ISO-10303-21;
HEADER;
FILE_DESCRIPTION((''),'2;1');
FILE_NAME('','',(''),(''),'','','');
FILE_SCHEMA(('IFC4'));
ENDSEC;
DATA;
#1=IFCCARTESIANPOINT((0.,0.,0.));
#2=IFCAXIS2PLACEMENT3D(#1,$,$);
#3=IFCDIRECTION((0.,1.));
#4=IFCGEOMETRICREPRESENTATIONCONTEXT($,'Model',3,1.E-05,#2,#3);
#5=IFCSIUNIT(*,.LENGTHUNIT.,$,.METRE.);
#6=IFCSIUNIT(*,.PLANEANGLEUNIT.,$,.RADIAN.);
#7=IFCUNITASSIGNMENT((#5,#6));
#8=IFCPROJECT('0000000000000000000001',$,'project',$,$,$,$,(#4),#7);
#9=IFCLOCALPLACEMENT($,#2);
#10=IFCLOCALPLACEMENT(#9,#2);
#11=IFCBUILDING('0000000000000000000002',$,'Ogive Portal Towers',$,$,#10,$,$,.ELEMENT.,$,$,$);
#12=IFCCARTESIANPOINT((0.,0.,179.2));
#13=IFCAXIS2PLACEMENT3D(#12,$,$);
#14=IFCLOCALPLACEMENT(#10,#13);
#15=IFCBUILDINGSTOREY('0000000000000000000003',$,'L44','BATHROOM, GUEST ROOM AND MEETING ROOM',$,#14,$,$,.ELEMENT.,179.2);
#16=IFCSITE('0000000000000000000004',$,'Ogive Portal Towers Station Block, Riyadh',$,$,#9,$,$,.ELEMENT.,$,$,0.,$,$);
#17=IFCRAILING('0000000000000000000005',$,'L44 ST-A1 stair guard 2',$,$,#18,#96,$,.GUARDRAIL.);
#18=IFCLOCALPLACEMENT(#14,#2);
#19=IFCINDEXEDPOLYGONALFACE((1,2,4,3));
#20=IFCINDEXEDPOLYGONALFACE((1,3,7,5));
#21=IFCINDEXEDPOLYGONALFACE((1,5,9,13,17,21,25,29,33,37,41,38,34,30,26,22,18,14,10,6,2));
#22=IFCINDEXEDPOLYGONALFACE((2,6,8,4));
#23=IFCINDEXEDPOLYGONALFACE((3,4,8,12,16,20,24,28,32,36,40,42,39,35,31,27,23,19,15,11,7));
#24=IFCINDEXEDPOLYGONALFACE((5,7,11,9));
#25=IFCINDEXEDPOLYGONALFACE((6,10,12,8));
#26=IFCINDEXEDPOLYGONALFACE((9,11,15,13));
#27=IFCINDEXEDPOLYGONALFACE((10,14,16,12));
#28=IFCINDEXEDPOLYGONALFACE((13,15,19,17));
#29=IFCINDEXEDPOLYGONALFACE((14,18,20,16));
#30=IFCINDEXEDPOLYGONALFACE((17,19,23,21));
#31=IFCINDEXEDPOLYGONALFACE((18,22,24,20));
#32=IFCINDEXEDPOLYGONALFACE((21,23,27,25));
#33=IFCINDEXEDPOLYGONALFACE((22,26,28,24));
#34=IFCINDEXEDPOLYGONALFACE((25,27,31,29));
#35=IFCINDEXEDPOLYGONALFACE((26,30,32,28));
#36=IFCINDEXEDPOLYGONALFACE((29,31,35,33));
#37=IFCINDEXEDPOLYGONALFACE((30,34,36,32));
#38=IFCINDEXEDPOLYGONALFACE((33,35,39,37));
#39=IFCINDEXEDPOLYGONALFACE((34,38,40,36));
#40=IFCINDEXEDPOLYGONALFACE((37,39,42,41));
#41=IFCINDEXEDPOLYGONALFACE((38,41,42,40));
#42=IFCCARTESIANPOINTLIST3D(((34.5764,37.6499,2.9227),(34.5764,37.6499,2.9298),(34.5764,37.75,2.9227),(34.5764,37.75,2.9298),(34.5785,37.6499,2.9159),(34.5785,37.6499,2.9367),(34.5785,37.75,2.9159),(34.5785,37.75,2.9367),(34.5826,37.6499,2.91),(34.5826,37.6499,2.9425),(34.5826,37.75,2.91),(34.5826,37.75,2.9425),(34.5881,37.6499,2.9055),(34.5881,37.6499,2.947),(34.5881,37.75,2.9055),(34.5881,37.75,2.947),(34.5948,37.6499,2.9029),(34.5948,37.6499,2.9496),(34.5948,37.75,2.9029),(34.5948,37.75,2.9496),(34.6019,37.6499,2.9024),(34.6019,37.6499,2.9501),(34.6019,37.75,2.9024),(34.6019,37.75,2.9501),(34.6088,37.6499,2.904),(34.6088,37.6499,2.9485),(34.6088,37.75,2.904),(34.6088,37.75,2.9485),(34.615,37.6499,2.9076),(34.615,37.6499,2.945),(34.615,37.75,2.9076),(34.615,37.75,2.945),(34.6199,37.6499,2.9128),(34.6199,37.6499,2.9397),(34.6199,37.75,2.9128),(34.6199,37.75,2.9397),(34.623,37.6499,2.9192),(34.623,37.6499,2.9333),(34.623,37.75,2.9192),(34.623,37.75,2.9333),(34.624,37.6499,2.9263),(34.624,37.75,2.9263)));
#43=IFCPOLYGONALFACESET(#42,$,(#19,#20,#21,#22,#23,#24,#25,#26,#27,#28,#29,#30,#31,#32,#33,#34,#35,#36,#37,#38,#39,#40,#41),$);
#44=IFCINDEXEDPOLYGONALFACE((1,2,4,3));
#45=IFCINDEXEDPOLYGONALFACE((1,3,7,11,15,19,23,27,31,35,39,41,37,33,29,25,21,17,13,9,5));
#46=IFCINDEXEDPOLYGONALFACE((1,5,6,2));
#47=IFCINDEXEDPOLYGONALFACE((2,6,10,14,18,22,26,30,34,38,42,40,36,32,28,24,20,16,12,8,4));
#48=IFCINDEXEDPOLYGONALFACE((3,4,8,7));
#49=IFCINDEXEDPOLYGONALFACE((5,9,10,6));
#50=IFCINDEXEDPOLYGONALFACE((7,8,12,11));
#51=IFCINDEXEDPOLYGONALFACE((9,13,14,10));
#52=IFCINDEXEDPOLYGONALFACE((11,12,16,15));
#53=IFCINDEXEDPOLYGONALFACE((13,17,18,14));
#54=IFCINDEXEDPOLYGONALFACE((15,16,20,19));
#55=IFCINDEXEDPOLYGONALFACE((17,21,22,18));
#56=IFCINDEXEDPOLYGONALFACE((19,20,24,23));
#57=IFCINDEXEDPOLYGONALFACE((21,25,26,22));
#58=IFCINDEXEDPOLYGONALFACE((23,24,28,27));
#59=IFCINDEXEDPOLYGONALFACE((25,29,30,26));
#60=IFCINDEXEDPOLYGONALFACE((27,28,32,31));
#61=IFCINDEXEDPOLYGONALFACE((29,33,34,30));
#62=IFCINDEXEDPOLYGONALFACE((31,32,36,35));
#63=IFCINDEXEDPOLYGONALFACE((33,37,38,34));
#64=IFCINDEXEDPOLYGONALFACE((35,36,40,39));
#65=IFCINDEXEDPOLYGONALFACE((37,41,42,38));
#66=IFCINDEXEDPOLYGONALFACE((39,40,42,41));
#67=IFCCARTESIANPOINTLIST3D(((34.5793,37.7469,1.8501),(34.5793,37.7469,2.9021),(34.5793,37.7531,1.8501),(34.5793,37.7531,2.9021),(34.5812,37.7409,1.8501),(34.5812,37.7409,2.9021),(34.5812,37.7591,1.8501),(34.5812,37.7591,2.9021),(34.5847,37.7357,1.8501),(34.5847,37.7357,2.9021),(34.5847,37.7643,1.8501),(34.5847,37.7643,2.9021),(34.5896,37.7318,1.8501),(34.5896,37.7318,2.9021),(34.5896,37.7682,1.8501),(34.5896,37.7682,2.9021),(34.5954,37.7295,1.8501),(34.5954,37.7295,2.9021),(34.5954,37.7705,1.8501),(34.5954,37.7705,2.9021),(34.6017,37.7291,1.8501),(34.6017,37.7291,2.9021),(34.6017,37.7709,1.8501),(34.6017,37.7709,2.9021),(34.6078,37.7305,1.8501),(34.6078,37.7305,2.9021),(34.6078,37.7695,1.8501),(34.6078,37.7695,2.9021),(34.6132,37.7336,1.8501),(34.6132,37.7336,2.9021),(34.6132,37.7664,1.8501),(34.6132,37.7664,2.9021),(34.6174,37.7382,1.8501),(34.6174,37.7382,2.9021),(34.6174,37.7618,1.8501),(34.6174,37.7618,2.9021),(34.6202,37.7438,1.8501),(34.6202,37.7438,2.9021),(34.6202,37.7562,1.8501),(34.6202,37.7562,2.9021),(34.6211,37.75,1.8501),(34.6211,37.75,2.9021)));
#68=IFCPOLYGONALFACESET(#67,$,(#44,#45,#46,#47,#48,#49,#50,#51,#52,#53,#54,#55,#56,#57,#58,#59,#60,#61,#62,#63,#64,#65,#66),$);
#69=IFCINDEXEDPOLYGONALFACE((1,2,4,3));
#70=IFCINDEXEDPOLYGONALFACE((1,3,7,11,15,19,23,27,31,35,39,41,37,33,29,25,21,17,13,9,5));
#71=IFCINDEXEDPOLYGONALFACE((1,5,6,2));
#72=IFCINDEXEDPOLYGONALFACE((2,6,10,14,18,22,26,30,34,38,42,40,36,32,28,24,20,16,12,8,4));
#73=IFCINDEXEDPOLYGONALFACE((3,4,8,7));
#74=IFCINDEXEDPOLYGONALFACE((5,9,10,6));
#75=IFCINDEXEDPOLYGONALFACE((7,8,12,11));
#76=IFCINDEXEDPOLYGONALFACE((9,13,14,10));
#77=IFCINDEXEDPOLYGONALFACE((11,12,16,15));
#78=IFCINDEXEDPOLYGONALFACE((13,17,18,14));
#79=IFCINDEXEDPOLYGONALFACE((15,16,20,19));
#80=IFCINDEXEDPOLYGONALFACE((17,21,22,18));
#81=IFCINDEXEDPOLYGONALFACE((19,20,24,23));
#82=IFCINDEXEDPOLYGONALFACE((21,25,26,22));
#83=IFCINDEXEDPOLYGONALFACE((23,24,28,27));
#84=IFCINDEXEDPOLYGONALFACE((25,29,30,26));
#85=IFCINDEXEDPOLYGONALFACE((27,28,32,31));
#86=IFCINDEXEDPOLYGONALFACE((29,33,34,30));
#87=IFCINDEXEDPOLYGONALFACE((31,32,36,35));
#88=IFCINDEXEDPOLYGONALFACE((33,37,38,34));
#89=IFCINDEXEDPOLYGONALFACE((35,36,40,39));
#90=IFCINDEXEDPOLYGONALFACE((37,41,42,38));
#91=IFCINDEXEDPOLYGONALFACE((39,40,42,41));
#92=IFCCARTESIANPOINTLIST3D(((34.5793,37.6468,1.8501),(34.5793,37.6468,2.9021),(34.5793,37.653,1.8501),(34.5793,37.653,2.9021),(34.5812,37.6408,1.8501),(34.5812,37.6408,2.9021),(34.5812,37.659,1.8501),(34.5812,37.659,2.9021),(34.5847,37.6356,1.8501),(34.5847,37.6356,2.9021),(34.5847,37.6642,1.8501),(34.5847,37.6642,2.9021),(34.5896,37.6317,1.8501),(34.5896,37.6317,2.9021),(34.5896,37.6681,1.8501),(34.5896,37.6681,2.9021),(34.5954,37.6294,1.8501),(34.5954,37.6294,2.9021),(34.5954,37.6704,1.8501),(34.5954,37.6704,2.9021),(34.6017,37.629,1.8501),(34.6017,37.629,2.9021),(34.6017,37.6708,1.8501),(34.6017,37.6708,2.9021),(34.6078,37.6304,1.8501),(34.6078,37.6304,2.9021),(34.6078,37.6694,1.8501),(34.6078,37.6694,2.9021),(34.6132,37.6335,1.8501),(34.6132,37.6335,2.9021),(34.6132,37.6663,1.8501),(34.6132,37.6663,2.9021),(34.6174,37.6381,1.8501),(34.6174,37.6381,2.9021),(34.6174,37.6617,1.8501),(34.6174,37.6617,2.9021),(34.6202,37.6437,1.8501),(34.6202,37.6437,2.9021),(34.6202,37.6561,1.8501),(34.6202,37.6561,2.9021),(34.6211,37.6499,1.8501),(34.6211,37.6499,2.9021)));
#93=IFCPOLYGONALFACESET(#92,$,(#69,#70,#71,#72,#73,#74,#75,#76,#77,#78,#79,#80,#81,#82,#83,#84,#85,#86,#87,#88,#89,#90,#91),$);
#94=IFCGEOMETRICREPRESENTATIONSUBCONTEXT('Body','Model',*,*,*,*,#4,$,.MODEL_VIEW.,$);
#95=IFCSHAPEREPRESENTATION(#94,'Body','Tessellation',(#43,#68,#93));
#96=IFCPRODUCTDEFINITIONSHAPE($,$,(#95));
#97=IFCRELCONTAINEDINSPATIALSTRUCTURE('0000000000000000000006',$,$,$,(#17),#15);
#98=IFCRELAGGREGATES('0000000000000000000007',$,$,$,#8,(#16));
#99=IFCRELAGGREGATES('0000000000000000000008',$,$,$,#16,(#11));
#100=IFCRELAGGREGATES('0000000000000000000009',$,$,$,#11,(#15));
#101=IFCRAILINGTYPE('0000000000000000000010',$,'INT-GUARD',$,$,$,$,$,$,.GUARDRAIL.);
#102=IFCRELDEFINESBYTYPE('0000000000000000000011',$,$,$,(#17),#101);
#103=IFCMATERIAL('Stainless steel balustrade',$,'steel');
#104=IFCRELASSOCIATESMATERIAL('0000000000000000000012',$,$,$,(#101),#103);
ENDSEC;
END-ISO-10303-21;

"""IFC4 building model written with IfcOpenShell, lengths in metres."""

from ifc_helpers import new_model, si_unit, direction, frame, origin, origin_2d, place, context, subcontext, project, spatial, circle, extrude, material, type_object, element, save


model = new_model("IFC4")

# Units and contexts
model_context = context("Model", 3, precision=1e-05, world=origin(), true_north=direction((0.0, 1.0)))
body_context = subcontext(model_context, "Body", "Model", "MODEL_VIEW")
ifc_project = project(units=[si_unit("LENGTHUNIT", "METRE"), si_unit("PLANEANGLEUNIT", "RADIAN")], contexts=[model_context])

# Site, building, storey
site_placement = place(None, origin())
site = spatial("IfcSite", under=ifc_project, at=site_placement, Name="Ogive Portal Towers Station Block, Riyadh", CompositionType="ELEMENT", RefElevation=0.0)
building_placement = place(site_placement, origin())
building = spatial("IfcBuilding", under=site, at=building_placement, Name="Ogive Portal Towers", CompositionType="ELEMENT")
storey_placement = place(building_placement, frame((0.0, 0.0, 179.2)))
storey = spatial("IfcBuildingStorey", under=building, at=storey_placement, Name="L44", Description="BATHROOM, GUEST ROOM AND MEETING ROOM", CompositionType="ELEMENT", Elevation=179.2)

# Railing
ifc_material_1 = material(Name="Stainless steel balustrade", Category="steel")
railing_type_1 = type_object("IfcRailingType", Name="INT-GUARD", PredefinedType="GUARDRAIL", material=ifc_material_1)
railing_1_placement = place(storey_placement, frame((34.6001, 37.75, 1.8501)))
element("IfcRailing", 1, at=railing_1_placement, inside=storey, type_object=railing_type_1, Name="L44 ST-A1 stair guard 2", PredefinedType="GUARDRAIL", context=body_context, shape_type="SweptSolid", body=[
    extrude(circle(Radius=0.0239, at=origin_2d()), frame((0.0, 0.0, 1.0762), z_axis=(0.0, -1.0, 0.0), x_axis=(1.0, 0.0, 0.0)), (0.0, 0.0, 1.0), 0.1001),
    extrude(circle(Radius=0.021, at=origin_2d()), origin(), (0.0, 0.0, 1.0), 1.052),
    extrude(circle(Radius=0.021, at=origin_2d()), frame((0.0, -0.1001, 0.0)), (0.0, 0.0, 1.0), 1.052),
])

save(model, "model.ifc")
